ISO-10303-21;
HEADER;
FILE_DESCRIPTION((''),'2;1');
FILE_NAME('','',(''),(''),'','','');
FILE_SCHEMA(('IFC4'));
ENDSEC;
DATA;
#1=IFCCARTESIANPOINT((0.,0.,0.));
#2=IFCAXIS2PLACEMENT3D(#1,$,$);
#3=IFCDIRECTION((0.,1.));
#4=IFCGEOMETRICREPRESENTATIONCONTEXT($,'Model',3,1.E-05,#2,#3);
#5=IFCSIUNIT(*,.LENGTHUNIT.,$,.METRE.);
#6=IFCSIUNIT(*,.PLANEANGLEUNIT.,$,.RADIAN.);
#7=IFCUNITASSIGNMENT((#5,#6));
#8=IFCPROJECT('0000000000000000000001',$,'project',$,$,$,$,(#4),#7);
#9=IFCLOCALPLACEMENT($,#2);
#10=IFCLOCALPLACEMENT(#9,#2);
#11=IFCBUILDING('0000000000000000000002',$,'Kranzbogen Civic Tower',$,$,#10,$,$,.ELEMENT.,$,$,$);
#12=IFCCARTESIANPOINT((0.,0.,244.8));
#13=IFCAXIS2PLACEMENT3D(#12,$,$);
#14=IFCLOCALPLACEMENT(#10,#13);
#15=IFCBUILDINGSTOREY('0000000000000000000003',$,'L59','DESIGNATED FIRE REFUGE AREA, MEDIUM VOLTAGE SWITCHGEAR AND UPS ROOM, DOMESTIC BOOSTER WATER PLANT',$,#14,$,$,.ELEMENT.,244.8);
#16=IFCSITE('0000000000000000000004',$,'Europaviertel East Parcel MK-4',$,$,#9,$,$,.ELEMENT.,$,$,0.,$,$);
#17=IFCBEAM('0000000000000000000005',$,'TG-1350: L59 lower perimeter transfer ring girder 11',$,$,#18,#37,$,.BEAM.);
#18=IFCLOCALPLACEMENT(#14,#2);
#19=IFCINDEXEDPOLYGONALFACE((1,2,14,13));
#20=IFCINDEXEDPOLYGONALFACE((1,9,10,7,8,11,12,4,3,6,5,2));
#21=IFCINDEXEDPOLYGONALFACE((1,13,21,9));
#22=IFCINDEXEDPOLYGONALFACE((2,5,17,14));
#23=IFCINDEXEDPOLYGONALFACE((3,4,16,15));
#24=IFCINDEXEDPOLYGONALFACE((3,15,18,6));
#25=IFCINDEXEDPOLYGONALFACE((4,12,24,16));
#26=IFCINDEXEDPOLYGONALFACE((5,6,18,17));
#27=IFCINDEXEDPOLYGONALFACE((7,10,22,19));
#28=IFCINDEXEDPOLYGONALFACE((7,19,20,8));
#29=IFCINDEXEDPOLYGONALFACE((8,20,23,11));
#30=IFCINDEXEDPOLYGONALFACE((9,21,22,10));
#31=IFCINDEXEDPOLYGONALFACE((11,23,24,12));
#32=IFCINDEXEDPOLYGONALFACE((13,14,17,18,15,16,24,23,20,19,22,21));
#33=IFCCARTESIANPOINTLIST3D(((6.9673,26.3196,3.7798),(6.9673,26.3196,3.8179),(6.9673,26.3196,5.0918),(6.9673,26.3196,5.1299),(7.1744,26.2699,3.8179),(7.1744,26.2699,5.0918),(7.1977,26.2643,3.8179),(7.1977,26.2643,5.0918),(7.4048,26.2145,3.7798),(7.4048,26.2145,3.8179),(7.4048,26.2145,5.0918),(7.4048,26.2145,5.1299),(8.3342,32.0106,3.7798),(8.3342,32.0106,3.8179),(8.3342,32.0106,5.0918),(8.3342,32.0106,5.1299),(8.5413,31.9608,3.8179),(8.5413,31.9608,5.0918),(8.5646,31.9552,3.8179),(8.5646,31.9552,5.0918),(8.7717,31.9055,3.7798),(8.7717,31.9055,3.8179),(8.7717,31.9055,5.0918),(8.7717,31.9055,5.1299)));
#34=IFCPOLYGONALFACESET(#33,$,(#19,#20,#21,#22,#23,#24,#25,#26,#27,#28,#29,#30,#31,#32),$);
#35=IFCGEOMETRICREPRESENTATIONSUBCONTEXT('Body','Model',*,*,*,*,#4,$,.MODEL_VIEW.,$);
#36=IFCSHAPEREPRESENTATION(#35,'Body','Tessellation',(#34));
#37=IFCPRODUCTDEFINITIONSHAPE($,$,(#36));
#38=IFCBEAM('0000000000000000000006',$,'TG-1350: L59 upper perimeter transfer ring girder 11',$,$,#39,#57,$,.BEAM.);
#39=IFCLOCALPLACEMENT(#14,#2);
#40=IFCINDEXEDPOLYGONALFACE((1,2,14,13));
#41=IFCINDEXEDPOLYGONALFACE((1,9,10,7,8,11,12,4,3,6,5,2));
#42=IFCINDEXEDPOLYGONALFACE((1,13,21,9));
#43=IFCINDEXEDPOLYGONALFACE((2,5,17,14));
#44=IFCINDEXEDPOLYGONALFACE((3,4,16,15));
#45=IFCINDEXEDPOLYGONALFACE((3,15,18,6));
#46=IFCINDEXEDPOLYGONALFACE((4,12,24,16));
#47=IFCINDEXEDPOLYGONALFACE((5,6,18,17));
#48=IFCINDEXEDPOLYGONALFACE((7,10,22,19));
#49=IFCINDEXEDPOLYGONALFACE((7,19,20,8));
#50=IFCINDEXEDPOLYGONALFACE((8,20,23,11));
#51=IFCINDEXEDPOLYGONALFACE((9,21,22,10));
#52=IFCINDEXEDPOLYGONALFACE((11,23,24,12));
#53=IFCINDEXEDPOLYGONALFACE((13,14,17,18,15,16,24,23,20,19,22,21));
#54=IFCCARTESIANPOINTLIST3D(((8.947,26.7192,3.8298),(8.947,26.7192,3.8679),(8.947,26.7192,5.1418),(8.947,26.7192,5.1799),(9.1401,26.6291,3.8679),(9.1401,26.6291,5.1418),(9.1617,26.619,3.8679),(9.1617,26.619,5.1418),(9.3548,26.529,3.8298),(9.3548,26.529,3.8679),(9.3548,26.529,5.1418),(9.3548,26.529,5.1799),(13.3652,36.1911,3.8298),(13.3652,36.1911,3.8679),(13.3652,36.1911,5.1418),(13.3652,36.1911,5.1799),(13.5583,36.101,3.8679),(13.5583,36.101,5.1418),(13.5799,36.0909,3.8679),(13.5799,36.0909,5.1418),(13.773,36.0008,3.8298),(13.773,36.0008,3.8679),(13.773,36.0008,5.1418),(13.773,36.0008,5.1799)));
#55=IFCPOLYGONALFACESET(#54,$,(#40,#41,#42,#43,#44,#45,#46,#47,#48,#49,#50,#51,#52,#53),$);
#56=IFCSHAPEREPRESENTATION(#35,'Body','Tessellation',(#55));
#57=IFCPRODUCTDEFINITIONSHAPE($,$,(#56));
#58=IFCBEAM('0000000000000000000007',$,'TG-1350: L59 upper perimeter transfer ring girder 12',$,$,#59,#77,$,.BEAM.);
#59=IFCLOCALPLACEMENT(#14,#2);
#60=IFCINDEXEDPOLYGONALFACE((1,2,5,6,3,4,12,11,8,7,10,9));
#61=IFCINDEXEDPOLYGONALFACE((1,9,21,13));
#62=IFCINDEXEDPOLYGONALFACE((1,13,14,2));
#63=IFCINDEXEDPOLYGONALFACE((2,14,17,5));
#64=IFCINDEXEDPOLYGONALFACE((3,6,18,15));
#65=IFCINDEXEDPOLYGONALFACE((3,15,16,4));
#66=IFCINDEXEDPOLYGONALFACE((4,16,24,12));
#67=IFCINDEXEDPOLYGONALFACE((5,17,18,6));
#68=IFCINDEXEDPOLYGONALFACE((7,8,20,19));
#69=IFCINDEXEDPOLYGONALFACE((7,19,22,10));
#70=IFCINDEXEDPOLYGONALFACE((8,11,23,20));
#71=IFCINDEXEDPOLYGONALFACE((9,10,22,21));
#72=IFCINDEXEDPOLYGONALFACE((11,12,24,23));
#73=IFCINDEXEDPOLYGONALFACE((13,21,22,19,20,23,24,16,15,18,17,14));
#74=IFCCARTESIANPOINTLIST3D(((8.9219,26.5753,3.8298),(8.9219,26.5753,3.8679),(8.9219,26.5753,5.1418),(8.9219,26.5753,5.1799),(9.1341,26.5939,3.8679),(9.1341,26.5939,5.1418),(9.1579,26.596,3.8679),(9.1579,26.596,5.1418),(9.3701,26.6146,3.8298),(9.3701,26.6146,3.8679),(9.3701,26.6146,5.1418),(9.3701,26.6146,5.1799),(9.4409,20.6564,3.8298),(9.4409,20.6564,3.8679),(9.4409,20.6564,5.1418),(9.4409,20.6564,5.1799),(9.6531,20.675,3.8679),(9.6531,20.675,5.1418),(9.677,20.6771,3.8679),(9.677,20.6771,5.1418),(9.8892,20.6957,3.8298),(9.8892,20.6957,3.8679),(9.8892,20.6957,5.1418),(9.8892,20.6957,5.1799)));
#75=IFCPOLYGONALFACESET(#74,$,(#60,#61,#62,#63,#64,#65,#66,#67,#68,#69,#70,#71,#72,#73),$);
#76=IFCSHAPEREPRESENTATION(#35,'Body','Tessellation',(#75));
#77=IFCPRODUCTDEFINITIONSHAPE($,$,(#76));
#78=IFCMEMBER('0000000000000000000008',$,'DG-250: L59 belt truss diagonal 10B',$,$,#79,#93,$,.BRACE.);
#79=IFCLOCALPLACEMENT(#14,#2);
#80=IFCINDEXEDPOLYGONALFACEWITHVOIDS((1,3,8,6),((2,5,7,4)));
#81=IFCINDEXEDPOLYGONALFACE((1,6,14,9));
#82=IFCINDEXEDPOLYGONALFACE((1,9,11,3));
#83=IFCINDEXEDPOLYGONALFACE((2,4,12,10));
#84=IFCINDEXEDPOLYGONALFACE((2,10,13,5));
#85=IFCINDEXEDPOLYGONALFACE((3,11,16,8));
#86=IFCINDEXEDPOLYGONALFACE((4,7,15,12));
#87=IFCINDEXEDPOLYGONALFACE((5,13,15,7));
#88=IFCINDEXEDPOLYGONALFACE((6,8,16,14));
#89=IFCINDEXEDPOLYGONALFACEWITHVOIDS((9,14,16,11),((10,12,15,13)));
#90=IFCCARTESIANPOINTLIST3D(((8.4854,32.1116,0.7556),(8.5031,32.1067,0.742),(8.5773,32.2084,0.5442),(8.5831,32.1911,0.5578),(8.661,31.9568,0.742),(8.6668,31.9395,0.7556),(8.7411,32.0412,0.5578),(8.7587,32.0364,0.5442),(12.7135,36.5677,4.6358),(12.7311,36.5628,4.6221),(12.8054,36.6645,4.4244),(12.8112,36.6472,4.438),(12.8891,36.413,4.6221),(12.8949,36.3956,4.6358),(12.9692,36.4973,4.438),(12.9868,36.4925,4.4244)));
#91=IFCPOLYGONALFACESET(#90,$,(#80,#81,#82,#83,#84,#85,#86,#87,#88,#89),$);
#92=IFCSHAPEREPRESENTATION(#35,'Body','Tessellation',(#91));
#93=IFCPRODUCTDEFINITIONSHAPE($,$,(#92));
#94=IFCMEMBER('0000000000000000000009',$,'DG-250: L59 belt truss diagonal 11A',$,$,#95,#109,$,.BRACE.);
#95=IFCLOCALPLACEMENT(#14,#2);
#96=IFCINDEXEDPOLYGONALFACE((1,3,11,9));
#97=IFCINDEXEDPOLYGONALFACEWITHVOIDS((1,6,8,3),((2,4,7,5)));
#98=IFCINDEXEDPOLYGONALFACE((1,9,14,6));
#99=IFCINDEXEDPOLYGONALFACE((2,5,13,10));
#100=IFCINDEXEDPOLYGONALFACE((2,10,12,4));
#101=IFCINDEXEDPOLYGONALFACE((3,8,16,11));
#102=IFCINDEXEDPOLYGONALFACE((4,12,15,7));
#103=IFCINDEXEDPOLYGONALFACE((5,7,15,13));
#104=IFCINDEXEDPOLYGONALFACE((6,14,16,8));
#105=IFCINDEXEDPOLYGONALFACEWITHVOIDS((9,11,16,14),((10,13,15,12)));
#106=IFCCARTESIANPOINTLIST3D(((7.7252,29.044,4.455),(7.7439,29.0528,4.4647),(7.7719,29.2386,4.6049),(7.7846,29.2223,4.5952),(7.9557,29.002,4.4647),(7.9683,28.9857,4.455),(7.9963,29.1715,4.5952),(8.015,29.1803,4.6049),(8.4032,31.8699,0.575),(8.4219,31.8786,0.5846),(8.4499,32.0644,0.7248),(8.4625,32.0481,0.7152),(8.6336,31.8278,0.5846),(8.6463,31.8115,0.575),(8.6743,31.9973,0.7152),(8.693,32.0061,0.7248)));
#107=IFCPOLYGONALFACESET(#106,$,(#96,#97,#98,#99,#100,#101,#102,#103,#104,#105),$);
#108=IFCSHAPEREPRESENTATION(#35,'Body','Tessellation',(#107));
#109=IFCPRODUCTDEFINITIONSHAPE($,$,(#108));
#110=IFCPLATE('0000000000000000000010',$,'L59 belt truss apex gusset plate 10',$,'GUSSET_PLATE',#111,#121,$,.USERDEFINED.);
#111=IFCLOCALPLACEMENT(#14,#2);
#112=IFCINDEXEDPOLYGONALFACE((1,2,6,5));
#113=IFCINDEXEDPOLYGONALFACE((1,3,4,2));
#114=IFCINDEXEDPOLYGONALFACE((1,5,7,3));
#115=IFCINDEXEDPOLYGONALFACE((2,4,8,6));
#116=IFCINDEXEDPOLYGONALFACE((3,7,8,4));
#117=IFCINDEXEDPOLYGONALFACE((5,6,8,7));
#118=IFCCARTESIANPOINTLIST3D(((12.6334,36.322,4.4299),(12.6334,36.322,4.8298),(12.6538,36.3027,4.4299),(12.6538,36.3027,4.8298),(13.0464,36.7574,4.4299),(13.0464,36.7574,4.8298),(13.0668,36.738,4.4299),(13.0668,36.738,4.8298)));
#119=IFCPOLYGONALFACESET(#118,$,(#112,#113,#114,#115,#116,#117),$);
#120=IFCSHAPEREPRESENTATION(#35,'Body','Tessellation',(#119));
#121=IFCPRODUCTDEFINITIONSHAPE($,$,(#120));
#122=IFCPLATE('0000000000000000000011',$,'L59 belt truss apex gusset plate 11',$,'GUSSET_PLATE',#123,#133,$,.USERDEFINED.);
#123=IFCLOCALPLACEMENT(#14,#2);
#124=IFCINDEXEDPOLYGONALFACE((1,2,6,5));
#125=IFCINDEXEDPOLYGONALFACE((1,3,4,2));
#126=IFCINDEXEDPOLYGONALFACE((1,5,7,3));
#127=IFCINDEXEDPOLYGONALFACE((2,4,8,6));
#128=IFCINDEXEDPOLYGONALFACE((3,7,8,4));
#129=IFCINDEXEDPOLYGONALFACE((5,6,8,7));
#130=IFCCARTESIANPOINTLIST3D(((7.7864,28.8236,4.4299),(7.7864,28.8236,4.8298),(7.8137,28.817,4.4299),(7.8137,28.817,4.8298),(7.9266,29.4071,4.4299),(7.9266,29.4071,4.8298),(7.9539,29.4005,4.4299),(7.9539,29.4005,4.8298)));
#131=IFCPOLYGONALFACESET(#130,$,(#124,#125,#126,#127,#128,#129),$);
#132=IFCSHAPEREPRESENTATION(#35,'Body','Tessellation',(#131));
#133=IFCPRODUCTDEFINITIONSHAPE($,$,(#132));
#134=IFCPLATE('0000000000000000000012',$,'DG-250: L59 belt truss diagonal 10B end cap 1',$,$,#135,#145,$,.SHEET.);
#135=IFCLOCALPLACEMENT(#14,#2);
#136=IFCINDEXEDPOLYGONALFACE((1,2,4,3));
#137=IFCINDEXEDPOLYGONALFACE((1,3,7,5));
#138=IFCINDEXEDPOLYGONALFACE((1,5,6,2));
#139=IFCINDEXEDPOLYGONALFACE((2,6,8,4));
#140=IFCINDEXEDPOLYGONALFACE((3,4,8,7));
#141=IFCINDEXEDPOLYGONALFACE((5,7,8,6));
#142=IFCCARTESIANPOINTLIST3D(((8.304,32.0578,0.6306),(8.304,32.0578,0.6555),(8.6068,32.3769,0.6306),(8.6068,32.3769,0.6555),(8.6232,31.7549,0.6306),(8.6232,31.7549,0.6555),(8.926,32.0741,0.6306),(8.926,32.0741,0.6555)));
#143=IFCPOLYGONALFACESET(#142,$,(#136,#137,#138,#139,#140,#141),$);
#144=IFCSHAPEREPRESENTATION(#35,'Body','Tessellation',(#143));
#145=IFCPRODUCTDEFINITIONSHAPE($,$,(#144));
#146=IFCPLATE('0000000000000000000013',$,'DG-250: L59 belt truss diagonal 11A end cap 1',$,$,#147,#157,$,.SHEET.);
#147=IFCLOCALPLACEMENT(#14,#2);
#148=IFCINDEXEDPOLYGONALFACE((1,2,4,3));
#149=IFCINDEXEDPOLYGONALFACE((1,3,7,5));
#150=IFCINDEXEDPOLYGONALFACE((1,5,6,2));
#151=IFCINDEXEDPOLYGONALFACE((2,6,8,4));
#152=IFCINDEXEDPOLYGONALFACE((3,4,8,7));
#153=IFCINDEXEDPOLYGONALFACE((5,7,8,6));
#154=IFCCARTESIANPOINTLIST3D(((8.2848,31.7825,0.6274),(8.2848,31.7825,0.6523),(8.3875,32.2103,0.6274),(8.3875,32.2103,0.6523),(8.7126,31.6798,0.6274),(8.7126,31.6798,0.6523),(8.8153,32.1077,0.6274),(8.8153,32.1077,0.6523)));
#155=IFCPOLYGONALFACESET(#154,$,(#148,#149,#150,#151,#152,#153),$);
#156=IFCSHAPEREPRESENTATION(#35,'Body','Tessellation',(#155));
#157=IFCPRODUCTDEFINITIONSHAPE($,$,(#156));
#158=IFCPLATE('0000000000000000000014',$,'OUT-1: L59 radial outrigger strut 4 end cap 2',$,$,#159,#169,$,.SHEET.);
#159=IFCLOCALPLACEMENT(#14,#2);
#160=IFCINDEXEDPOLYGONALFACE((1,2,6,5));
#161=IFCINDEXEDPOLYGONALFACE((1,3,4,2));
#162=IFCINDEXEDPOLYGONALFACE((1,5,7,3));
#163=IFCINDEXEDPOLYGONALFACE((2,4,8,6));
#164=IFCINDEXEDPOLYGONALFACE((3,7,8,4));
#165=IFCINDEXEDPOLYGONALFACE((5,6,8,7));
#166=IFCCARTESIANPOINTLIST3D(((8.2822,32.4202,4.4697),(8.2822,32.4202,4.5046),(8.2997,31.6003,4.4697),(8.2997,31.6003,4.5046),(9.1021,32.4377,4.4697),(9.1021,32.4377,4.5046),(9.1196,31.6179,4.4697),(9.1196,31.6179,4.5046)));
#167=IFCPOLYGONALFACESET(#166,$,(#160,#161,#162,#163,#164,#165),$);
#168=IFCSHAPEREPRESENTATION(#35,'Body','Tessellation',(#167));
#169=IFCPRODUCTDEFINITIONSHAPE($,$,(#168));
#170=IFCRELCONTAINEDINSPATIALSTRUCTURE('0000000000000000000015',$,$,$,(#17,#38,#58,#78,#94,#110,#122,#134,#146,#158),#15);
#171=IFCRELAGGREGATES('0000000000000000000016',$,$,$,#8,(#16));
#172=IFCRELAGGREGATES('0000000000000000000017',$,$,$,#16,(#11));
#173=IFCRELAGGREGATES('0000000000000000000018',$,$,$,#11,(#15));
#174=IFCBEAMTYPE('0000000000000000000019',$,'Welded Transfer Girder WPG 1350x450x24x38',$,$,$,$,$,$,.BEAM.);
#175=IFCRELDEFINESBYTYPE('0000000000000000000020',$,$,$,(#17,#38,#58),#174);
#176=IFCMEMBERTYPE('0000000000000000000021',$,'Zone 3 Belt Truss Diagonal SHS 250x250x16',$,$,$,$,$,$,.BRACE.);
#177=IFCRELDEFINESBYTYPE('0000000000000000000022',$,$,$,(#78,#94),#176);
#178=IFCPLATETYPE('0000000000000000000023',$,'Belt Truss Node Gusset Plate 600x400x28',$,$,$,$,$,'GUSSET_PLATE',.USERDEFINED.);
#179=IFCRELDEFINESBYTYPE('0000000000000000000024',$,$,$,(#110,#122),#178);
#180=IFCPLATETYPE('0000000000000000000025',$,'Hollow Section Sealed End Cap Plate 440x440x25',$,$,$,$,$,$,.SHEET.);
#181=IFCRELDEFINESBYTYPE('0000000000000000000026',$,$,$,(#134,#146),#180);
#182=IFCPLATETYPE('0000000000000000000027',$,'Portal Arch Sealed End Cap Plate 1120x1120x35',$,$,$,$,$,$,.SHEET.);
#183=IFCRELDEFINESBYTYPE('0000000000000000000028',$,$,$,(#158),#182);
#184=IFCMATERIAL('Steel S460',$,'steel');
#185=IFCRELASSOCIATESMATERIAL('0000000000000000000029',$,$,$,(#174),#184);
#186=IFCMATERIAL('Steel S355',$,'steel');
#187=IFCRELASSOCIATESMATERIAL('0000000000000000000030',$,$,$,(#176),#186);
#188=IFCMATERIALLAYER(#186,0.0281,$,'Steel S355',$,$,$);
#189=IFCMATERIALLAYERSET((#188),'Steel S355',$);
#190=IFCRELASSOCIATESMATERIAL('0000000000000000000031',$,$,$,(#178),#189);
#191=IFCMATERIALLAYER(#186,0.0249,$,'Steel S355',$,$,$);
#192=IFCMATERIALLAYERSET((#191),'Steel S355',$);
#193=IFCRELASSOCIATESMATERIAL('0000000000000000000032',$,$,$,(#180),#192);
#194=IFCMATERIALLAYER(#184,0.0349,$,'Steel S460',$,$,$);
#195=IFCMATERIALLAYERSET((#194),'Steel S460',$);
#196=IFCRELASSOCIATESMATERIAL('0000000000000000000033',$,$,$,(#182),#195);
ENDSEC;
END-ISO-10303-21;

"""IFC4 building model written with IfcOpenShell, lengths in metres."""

from ifc_helpers import new_model, si_unit, direction, frame, origin, origin_2d, place, context, subcontext, project, spatial, rectangle, hollow_rectangle, i_section, extrude, material, layer, layer_set, material_profile, profile_set, type_object, element, save


model = new_model("IFC4")

# Units and contexts
model_context = context("Model", 3, precision=1e-05, world=origin(), true_north=direction((0.0, 1.0)))
body_context = subcontext(model_context, "Body", "Model", "MODEL_VIEW")
ifc_project = project(units=[si_unit("LENGTHUNIT", "METRE"), si_unit("PLANEANGLEUNIT", "RADIAN")], contexts=[model_context])

# Site, building, storey
site_placement = place(None, origin())
site = spatial("IfcSite", under=ifc_project, at=site_placement, Name="Europaviertel East Parcel MK-4", CompositionType="ELEMENT", RefElevation=0.0)
building_placement = place(site_placement, origin())
building = spatial("IfcBuilding", under=site, at=building_placement, Name="Kranzbogen Civic Tower", CompositionType="ELEMENT")
storey_placement = place(building_placement, frame((0.0, 0.0, 244.8)))
storey = spatial("IfcBuildingStorey", under=building, at=storey_placement, Name="L59", Description="DESIGNATED FIRE REFUGE AREA, MEDIUM VOLTAGE SWITCHGEAR AND UPS ROOM, DOMESTIC BOOSTER WATER PLANT", CompositionType="ELEMENT", Elevation=244.8)

# Shared definitions
ifc_material_1 = material(Name="Steel S355", Category="steel")

# Shared definitions
ifc_material_2 = material(Name="Steel S460", Category="steel")

# Beams
ifc_material_profile_1 = material_profile(ifc_material_2, i_section(OverallWidth=0.45, OverallDepth=1.3501, WebThickness=0.0239, FlangeThickness=0.0381, at=origin_2d()), Name="WPG 1350x450x24x38")
ifc_profile_set_1 = profile_set([ifc_material_profile_1], Name="Steel S460")
beam_type = type_object("IfcBeamType", Name="Welded Transfer Girder WPG 1350x450x24x38", PredefinedType="BEAM", material=ifc_profile_set_1)
beam_1_placement = place(storey_placement, frame((8.553, 31.958, 4.4548), z_axis=(-0.233554, -0.972344, 0.0), x_axis=(0.972344, -0.233554, 0.0)))
element("IfcBeam", 1, at=beam_1_placement, inside=storey, type_object=beam_type, Name="TG-1350: L59 lower perimeter transfer ring girder 11", PredefinedType="BEAM", context=body_context, shape_type="SweptSolid", body=[
    extrude(i_section(OverallWidth=0.45, OverallDepth=1.3501, WebThickness=0.0239, FlangeThickness=0.0381, at=origin_2d()), origin(), (0.0, 0.0, 1.0), 5.8528),
])
beam_2_placement = place(storey_placement, frame((13.5691, 36.0959, 4.5049), z_axis=(-0.422727, -0.906257, 0.0), x_axis=(0.906257, -0.422727, 0.0)))
element("IfcBeam", 2, at=beam_2_placement, inside=storey, type_object=beam_type, Name="TG-1350: L59 upper perimeter transfer ring girder 11", PredefinedType="BEAM", context=body_context, shape_type="SweptSolid", body=[
    extrude(i_section(OverallWidth=0.45, OverallDepth=1.3501, WebThickness=0.0239, FlangeThickness=0.0381, at=origin_2d()), origin(), (0.0, 0.0, 1.0), 10.4517),
])
beam_3_placement = place(storey_placement, frame((9.146, 26.595, 4.5049), z_axis=(0.087357, -0.996177, 0.0), x_axis=(0.996177, 0.087357, 0.0)))
element("IfcBeam", 3, at=beam_3_placement, inside=storey, type_object=beam_type, Name="TG-1350: L59 upper perimeter transfer ring girder 12", PredefinedType="BEAM", context=body_context, shape_type="SweptSolid", body=[
    extrude(i_section(OverallWidth=0.45, OverallDepth=1.3501, WebThickness=0.0239, FlangeThickness=0.0381, at=origin_2d()), origin(), (0.0, 0.0, 1.0), 5.9417),
])

# Members
ifc_material_profile_2 = material_profile(ifc_material_1, hollow_rectangle(XDim=0.25, YDim=0.25, WallThickness=0.0161, at=origin_2d()), Name="SHS 250x250x16")
ifc_profile_set_2 = profile_set([ifc_material_profile_2], Name="Steel S355")
member_type_1 = type_object("IfcMemberType", Name="Zone 3 Belt Truss Diagonal SHS 250x250x16", PredefinedType="BRACE", material=ifc_profile_set_2)
member_1_placement = place(storey_placement, frame((8.6221, 32.074, 0.6499), z_axis=(0.581929, 0.613314, 0.534045), x_axis=(-0.725424, 0.688302, 0.0)))
element("IfcMember", 4, at=member_1_placement, inside=storey, type_object=member_type_1, Name="DG-250: L59 belt truss diagonal 10B", PredefinedType="BRACE", context=body_context, shape_type="SweptSolid", body=[
    extrude(hollow_rectangle(XDim=0.25, YDim=0.25, WallThickness=0.0161, at=origin_2d()), origin(), (0.0, 0.0, 1.0), 7.2656),
])
member_2_placement = place(storey_placement, frame((8.5481, 31.938, 0.6499), z_axis=(-0.139854, -0.582933, 0.800394), x_axis=(0.972406, -0.233294, 0.0)))
element("IfcMember", 5, at=member_2_placement, inside=storey, type_object=member_type_1, Name="DG-250: L59 belt truss diagonal 11A", PredefinedType="BRACE", context=body_context, shape_type="SweptSolid", body=[
    extrude(hollow_rectangle(XDim=0.25, YDim=0.25, WallThickness=0.0161, at=origin_2d()), origin(), (0.0, 0.0, 1.0), 4.8477),
])

# Plates
ifc_layer_1 = layer(ifc_material_1, 0.0281, Name="Steel S355")
ifc_layer_set_1 = layer_set([ifc_layer_1], Name="Steel S355")
plate_type_1 = type_object("IfcPlateType", Name="Belt Truss Node Gusset Plate 600x400x28", ElementType="GUSSET_PLATE", PredefinedType="USERDEFINED", material=ifc_layer_set_1)
for number, where, z_axis, x_axis, name in (
    (6, (12.8501, 36.53, 4.4299), (0.0, 0.0, 1.0), (-0.688304, -0.725422, 0.0), "L59 belt truss apex gusset plate 10"),
    (7, (7.8701, 29.1121, 4.4299), (0.0, 0.0, 1.0), (-0.233581, -0.972337, 0.0), "L59 belt truss apex gusset plate 11"),
):
    element("IfcPlate", number, at=place(storey_placement, frame(where, z_axis=z_axis, x_axis=x_axis)), inside=storey, type_object=plate_type_1, Name=name, ObjectType="GUSSET_PLATE", PredefinedType="USERDEFINED", context=body_context, shape_type="SweptSolid", body=[
        extrude(rectangle(XDim=0.6001, YDim=0.0281, at=origin_2d()), origin(), (0.0, 0.0, 1.0), 0.3999),
    ])
ifc_layer_2 = layer(ifc_material_1, 0.0249, Name="Steel S355")
ifc_layer_set_2 = layer_set([ifc_layer_2], Name="Steel S355")
plate_type_2 = type_object("IfcPlateType", Name="Hollow Section Sealed End Cap Plate 440x440x25", PredefinedType="SHEET", material=ifc_layer_set_2)
for number, where, z_axis, x_axis, name in (
    (8, (8.615, 32.0659, 0.6306), (0.0, 0.0, 1.0), (0.688304, 0.725422, 0.0), "DG-250: L59 belt truss diagonal 10B end cap 1"),
    (9, (8.55, 31.9451, 0.6274), (0.0, 0.0, 1.0), (-0.233293, -0.972407, 0.0), "DG-250: L59 belt truss diagonal 11A end cap 1"),
):
    element("IfcPlate", number, at=place(storey_placement, frame(where, z_axis=z_axis, x_axis=x_axis)), inside=storey, type_object=plate_type_2, Name=name, PredefinedType="SHEET", context=body_context, shape_type="SweptSolid", body=[
        extrude(rectangle(XDim=0.4399, YDim=0.4399, at=origin_2d()), origin(), (0.0, 0.0, 1.0), 0.0249),
    ])
ifc_layer_3 = layer(ifc_material_2, 0.0349, Name="Steel S460")
ifc_layer_set_3 = layer_set([ifc_layer_3], Name="Steel S460")
plate_type_3 = type_object("IfcPlateType", Name="Portal Arch Sealed End Cap Plate 1120x1120x35", PredefinedType="SHEET", material=ifc_layer_set_3)
plate_placement = place(storey_placement, frame((8.7009, 32.019, 4.4697), z_axis=(0.0, 0.0, 1.0), x_axis=(-0.999772, -0.021361, 0.0)))
element("IfcPlate", 10, at=plate_placement, inside=storey, type_object=plate_type_3, Name="OUT-1: L59 radial outrigger strut 4 end cap 2", PredefinedType="SHEET", context=body_context, shape_type="SweptSolid", body=[
    extrude(rectangle(XDim=0.8201, YDim=0.8201, at=origin_2d()), origin(), (0.0, 0.0, 1.0), 0.0349),
])

save(model, "model.ifc")
